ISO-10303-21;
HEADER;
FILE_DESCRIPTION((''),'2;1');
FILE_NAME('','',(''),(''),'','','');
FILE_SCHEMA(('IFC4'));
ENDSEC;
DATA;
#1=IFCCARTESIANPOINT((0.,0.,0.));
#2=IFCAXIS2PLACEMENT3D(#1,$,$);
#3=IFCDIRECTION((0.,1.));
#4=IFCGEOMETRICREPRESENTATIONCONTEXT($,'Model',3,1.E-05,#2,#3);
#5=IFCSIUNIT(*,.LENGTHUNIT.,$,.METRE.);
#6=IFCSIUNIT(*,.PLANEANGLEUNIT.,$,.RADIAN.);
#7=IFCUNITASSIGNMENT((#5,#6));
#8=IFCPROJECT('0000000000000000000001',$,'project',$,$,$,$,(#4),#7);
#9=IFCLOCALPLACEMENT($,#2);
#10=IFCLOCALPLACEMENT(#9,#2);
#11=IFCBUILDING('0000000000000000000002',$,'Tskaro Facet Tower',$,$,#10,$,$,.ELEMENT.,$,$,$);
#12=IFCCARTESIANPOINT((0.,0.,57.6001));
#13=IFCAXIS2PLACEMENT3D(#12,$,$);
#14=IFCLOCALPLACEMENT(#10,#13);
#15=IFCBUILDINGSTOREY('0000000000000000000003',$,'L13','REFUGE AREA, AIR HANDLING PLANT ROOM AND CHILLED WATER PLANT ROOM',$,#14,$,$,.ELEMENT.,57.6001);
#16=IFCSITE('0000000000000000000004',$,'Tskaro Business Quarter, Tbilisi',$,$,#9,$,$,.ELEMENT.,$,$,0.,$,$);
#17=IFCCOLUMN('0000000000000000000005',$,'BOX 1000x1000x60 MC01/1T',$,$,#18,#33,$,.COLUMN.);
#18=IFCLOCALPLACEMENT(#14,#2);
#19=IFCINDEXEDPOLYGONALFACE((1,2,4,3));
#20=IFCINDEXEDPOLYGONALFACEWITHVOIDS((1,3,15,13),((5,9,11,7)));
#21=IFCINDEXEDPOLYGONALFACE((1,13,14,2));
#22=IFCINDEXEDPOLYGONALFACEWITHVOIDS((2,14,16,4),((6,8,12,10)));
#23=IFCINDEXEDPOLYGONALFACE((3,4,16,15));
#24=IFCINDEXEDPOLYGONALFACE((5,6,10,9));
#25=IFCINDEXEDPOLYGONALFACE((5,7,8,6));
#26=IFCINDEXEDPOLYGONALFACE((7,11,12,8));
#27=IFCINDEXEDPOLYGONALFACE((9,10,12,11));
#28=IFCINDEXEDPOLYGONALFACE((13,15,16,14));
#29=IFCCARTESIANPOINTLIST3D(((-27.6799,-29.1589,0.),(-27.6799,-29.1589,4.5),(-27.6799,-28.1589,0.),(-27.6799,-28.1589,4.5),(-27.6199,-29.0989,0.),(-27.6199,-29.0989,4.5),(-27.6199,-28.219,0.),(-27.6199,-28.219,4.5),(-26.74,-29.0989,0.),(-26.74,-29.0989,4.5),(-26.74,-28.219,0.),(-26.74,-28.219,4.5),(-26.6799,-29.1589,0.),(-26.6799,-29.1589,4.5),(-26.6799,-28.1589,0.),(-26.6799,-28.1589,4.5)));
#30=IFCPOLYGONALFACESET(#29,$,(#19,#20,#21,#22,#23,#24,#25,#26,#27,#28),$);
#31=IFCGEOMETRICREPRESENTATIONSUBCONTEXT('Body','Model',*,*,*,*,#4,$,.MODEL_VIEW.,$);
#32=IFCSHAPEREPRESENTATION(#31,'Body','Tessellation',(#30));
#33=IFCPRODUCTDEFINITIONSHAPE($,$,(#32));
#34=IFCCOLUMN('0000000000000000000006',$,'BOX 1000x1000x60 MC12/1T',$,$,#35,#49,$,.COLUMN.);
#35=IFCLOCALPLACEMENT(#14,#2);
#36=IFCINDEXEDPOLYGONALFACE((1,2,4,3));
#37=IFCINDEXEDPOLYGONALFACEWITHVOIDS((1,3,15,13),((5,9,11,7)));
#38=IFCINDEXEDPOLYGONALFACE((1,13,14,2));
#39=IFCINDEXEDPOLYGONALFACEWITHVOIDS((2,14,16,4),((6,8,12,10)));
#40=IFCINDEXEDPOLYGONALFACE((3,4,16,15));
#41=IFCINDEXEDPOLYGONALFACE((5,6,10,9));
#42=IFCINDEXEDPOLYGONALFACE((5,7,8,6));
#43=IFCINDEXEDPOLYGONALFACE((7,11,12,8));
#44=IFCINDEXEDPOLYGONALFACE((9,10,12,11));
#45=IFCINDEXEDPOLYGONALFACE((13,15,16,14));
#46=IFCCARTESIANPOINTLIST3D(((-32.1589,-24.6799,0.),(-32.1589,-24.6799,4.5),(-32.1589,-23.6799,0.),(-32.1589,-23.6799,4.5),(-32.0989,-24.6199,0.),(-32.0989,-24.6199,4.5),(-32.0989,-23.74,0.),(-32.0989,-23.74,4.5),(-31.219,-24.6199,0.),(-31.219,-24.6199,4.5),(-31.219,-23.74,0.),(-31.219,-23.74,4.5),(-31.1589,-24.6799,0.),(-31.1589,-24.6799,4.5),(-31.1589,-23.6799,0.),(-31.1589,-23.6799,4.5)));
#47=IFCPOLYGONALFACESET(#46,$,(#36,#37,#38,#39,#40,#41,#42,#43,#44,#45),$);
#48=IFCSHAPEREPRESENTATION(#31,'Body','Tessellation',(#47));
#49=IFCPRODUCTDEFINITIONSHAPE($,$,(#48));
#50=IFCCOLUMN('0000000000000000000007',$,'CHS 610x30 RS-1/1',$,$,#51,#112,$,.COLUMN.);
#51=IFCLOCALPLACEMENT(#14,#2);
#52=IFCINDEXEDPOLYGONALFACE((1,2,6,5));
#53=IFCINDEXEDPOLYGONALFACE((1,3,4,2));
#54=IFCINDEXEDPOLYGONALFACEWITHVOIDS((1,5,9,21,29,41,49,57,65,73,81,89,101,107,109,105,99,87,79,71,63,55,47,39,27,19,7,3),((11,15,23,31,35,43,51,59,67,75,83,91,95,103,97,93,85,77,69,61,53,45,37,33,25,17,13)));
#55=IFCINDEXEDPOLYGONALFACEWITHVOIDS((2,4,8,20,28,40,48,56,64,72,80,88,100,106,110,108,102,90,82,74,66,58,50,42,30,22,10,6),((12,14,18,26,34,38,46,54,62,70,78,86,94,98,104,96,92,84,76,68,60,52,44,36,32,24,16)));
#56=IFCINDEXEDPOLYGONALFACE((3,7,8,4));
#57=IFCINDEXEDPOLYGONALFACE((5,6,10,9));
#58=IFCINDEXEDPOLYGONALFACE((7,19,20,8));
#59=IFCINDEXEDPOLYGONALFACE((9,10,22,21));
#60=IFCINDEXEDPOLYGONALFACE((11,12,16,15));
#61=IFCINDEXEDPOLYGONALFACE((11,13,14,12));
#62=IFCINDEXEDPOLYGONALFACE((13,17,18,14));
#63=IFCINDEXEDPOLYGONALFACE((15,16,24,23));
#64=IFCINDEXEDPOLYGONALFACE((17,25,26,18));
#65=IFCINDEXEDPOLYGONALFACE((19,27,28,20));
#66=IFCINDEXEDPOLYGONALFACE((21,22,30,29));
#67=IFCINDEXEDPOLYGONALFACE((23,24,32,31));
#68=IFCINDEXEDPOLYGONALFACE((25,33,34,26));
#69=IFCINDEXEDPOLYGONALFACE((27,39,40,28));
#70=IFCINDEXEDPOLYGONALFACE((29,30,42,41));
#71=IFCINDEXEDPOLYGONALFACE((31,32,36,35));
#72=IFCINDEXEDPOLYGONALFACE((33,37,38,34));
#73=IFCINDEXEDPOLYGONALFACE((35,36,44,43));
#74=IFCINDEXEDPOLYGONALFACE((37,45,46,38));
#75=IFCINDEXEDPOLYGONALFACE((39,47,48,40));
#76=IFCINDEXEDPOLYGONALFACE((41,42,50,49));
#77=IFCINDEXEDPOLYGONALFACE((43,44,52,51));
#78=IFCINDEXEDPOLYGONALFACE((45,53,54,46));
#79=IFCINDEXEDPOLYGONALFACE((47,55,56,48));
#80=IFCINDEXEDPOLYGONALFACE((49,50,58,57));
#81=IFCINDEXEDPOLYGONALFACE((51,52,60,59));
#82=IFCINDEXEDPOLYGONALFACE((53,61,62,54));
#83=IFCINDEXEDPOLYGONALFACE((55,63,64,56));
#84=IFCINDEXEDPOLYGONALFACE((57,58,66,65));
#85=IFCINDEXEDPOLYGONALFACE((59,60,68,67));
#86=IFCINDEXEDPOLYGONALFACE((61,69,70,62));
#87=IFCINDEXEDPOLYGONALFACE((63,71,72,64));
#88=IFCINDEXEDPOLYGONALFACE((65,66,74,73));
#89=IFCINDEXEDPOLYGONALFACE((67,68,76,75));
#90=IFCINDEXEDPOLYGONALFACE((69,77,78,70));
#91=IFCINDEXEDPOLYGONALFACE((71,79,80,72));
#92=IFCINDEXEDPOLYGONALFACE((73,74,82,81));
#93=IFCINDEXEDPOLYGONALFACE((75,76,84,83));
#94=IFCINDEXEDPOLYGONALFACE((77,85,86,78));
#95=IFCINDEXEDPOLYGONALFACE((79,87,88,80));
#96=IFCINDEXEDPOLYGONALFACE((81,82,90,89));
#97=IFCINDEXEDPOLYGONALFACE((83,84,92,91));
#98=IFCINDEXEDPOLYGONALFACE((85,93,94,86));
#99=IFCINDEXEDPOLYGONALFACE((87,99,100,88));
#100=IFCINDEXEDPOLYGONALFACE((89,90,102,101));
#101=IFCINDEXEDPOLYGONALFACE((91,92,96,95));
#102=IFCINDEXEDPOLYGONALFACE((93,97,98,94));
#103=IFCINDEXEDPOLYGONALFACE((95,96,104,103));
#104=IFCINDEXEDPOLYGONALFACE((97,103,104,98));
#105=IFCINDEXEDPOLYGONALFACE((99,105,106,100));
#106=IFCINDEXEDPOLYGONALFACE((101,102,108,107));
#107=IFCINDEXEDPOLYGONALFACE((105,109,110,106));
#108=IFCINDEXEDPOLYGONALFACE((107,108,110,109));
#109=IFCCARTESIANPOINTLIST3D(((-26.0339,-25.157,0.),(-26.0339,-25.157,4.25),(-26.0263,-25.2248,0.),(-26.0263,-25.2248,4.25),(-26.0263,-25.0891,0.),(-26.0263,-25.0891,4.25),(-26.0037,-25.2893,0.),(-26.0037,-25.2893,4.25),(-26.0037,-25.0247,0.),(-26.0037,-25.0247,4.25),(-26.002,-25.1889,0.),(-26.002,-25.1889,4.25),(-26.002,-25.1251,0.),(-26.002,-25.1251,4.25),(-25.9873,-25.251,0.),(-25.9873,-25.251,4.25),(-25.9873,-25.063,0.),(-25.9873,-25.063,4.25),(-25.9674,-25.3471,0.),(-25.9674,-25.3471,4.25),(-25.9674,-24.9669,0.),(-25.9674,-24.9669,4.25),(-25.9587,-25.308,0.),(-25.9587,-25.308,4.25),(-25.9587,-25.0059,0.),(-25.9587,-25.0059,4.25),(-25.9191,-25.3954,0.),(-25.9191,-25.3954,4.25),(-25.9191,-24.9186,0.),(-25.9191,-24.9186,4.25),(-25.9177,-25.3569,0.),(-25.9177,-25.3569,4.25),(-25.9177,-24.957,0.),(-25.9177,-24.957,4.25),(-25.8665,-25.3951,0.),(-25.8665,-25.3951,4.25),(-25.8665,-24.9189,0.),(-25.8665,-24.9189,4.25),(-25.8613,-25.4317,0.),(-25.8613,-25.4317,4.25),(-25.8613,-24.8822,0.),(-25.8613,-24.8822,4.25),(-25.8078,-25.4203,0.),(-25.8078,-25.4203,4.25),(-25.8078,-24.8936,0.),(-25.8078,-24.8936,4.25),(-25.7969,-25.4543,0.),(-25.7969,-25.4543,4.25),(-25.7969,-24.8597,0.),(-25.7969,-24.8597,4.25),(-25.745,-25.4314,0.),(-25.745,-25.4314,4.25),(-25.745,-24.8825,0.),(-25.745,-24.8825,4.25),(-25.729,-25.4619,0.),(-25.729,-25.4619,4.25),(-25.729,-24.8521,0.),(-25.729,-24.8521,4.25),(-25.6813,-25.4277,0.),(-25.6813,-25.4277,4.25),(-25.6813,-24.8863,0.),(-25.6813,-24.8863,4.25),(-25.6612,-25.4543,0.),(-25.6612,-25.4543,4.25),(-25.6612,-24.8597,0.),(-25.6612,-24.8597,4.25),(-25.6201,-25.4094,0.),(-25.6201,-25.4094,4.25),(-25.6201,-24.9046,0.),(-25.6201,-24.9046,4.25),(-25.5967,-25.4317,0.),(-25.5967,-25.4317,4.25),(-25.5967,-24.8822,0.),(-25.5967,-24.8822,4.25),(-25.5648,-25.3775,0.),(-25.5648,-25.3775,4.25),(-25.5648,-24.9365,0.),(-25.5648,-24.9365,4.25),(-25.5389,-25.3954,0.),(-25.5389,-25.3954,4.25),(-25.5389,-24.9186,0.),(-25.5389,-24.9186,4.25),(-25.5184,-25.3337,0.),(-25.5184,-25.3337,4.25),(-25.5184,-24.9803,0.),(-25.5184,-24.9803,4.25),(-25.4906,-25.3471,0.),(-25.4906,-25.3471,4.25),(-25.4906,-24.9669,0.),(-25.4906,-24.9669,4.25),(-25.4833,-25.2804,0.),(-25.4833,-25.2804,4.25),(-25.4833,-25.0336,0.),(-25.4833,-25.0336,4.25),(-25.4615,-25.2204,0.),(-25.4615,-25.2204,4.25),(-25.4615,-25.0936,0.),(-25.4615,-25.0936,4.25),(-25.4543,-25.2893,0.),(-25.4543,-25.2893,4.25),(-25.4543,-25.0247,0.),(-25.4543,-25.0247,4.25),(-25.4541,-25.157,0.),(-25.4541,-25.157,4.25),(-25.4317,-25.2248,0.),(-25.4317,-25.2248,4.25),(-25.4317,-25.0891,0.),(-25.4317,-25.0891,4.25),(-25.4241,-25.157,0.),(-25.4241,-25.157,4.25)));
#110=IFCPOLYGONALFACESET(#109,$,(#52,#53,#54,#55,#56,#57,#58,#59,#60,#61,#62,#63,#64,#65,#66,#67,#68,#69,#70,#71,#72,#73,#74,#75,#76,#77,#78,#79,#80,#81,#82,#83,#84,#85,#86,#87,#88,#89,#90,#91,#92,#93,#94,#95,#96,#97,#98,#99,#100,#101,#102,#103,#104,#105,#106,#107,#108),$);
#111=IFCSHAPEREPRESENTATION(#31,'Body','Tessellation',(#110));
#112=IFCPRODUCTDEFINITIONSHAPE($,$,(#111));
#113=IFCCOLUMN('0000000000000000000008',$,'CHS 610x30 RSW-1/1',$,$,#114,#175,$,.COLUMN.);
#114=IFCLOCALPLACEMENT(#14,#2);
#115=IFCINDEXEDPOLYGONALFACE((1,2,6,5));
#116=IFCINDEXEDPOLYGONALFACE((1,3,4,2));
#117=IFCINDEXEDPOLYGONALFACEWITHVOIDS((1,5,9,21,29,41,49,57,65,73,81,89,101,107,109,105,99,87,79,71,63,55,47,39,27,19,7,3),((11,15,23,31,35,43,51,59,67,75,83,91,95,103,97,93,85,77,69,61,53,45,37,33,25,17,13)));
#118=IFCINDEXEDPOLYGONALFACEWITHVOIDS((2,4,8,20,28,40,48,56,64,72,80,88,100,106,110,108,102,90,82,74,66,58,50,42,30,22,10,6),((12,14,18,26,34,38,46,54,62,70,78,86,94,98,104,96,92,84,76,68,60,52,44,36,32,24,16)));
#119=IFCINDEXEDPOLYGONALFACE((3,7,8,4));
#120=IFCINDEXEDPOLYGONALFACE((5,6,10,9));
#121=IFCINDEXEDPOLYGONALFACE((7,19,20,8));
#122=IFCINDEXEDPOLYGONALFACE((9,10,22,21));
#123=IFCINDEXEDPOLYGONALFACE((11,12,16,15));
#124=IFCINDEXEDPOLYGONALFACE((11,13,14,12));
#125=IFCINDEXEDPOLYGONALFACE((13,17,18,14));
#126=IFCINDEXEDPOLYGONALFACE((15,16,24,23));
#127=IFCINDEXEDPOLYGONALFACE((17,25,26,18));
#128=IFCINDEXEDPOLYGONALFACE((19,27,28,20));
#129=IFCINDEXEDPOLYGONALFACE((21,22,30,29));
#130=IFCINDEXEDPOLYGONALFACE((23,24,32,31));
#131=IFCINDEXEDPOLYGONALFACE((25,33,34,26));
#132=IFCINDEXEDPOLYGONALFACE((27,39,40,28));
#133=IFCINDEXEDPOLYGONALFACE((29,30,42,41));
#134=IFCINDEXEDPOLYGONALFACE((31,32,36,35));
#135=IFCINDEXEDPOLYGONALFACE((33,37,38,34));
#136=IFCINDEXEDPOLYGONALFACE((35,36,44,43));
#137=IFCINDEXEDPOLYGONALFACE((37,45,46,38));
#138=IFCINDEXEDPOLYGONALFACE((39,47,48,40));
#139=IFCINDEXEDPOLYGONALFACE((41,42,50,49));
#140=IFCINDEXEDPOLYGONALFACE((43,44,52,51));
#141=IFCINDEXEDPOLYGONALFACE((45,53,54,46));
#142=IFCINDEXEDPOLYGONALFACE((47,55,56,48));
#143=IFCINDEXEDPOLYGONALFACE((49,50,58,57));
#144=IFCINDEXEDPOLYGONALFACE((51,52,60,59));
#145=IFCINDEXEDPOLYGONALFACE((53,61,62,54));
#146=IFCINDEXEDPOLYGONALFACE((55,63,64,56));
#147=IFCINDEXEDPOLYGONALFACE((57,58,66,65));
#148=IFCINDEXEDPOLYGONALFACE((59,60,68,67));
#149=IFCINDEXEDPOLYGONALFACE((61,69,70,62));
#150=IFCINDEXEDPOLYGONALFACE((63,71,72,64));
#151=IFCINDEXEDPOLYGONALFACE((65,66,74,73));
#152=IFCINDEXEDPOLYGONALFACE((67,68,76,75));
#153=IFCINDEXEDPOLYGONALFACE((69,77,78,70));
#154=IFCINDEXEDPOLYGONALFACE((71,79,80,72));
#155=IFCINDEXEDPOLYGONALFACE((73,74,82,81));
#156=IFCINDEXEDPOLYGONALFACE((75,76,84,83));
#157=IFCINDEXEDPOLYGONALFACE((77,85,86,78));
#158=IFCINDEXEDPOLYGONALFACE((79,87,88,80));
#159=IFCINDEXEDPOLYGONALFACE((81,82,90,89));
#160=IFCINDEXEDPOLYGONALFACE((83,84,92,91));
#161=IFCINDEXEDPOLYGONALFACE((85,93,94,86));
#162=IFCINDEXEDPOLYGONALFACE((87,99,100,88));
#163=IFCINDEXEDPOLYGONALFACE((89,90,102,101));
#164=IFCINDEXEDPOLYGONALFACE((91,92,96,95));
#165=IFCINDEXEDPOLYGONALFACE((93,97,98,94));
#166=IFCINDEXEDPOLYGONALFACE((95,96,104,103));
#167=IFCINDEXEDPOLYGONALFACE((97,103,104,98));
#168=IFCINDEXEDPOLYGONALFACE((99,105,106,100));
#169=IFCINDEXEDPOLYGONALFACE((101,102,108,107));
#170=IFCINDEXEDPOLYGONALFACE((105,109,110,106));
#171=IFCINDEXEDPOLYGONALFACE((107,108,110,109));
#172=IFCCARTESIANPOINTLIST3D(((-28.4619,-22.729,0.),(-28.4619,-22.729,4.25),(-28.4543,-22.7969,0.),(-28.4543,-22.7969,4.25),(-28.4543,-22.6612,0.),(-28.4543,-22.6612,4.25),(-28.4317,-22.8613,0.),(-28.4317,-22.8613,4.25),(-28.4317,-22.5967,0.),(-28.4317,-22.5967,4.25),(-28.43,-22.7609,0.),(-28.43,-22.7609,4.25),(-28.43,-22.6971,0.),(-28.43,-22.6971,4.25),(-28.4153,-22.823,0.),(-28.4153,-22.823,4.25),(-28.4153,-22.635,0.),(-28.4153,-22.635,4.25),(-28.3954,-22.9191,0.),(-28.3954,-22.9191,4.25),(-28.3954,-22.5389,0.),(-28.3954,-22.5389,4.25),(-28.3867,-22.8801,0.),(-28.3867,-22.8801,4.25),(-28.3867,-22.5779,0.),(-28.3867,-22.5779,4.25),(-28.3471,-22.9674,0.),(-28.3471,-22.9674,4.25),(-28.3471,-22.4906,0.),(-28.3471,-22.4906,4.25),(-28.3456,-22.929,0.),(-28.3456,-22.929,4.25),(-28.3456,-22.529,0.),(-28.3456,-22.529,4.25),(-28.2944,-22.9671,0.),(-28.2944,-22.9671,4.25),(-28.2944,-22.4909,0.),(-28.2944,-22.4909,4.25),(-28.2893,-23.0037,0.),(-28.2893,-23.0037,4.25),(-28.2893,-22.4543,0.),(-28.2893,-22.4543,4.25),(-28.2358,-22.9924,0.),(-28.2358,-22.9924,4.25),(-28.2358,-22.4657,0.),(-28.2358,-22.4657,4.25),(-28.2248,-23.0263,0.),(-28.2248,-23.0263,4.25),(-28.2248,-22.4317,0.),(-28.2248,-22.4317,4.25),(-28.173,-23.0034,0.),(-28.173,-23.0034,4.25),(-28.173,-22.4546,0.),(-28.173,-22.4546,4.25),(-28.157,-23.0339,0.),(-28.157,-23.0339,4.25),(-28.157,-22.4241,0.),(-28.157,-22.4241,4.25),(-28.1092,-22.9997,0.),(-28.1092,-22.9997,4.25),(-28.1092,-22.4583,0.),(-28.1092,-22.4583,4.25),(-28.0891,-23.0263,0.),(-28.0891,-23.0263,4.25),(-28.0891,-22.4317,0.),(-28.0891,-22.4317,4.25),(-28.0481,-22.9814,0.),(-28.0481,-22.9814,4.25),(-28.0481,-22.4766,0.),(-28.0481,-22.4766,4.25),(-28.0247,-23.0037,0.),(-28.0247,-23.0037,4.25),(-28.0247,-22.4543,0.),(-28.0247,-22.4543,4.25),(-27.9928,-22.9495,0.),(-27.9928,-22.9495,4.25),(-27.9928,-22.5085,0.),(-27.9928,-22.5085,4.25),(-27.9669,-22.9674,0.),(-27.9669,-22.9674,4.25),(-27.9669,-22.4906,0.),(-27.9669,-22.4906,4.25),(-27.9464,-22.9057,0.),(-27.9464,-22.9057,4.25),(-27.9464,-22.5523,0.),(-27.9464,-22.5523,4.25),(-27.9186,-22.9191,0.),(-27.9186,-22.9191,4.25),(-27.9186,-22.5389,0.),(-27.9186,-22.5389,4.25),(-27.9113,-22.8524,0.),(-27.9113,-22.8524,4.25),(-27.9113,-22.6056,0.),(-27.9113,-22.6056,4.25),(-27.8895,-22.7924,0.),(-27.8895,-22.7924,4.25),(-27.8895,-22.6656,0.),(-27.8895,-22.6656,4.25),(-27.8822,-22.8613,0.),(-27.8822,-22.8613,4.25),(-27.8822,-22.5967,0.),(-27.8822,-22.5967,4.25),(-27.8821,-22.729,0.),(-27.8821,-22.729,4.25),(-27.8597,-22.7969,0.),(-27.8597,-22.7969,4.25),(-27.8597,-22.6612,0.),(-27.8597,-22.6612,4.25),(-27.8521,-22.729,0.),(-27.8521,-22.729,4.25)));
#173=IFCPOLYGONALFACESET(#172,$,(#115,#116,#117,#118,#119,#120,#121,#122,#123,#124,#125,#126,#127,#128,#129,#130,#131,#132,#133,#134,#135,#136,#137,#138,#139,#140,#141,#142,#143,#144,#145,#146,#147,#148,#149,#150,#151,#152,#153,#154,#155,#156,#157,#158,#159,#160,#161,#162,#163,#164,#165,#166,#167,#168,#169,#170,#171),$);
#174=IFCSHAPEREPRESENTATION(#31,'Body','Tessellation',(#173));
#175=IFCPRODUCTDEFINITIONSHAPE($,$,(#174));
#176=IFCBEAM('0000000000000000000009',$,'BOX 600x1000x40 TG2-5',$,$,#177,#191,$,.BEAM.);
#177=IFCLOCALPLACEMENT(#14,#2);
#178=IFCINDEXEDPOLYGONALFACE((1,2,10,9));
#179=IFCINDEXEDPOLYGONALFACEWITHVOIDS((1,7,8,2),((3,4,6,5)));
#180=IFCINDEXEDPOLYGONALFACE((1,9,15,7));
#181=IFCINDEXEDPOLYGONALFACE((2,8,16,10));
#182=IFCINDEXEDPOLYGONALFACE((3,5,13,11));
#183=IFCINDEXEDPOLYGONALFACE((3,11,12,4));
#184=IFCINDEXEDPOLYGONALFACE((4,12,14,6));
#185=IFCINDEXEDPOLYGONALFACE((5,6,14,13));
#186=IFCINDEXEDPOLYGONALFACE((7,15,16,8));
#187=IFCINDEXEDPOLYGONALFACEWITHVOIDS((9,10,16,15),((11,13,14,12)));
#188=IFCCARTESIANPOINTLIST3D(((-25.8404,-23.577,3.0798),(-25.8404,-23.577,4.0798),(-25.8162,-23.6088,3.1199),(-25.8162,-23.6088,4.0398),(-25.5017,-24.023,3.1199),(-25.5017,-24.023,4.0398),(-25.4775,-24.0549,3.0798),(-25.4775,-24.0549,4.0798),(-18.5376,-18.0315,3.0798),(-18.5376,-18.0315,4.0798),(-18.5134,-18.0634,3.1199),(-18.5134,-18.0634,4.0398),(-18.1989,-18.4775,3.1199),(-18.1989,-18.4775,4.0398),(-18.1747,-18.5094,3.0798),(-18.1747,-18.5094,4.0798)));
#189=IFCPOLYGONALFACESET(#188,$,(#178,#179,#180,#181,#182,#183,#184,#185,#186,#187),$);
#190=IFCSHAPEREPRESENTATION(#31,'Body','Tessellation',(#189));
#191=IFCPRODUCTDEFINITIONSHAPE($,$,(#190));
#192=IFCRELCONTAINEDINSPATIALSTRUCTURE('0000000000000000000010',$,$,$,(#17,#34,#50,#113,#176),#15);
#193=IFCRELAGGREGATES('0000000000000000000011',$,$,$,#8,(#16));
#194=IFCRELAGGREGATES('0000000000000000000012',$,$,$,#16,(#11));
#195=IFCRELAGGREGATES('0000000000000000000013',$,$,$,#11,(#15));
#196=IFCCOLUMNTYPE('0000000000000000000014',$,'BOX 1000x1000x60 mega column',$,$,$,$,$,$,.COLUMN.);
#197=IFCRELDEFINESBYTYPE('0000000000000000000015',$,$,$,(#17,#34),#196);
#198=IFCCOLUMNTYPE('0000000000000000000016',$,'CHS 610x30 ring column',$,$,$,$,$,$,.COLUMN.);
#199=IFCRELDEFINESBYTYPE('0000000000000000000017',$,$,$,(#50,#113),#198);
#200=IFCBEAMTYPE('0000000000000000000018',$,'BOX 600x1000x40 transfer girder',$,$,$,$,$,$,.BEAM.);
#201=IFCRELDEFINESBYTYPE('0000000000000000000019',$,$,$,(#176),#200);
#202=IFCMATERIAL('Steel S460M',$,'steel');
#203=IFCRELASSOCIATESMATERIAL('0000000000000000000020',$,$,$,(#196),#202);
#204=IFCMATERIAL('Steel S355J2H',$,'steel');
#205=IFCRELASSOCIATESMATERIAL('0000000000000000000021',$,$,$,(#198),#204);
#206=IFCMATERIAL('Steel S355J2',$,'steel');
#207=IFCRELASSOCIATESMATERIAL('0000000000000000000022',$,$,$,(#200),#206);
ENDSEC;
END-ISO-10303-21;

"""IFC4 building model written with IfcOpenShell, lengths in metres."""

from ifc_helpers import new_model, si_unit, direction, frame, origin, origin_2d, place, context, subcontext, project, spatial, hollow_rectangle, hollow_circle, extrude, material, material_profile, profile_set, type_object, element, save


model = new_model("IFC4")

# Units and contexts
model_context = context("Model", 3, precision=1e-05, world=origin(), true_north=direction((0.0, 1.0)))
body_context = subcontext(model_context, "Body", "Model", "MODEL_VIEW")
ifc_project = project(units=[si_unit("LENGTHUNIT", "METRE"), si_unit("PLANEANGLEUNIT", "RADIAN")], contexts=[model_context])

# Site, building, storey
site_placement = place(None, origin())
site = spatial("IfcSite", under=ifc_project, at=site_placement, Name="Tskaro Business Quarter, Tbilisi", CompositionType="ELEMENT", RefElevation=0.0)
building_placement = place(site_placement, origin())
building = spatial("IfcBuilding", under=site, at=building_placement, Name="Tskaro Facet Tower", CompositionType="ELEMENT")
storey_placement = place(building_placement, frame((0.0, 0.0, 57.6001)))
storey = spatial("IfcBuildingStorey", under=building, at=storey_placement, Name="L13", Description="REFUGE AREA, AIR HANDLING PLANT ROOM AND CHILLED WATER PLANT ROOM", CompositionType="ELEMENT", Elevation=57.6001)

# Columns
ifc_material_1 = material(Name="Steel S460M", Category="steel")
ifc_material_profile_1 = material_profile(ifc_material_1, hollow_rectangle(XDim=1.0, YDim=1.0, WallThickness=0.0601, at=origin_2d()), Name="BOX 1000x1000x60")
ifc_profile_set_1 = profile_set([ifc_material_profile_1], Name="Steel S460M")
column_type_1 = type_object("IfcColumnType", Name="BOX 1000x1000x60 mega column", PredefinedType="COLUMN", material=ifc_profile_set_1)
for number, where, z_axis, x_axis, name in (
    (1, (-27.1799, -28.6589, 0.0), (0.0, 0.0, 1.0), (1.0, 0.0, 0.0), "BOX 1000x1000x60 MC01/1T"),
    (2, (-31.6589, -24.1799, 0.0), (0.0, 0.0, 1.0), (1.0, 0.0, 0.0), "BOX 1000x1000x60 MC12/1T"),
):
    element("IfcColumn", number, at=place(storey_placement, frame(where, z_axis=z_axis, x_axis=x_axis)), inside=storey, type_object=column_type_1, Name=name, PredefinedType="COLUMN", context=body_context, shape_type="SweptSolid", body=[
        extrude(hollow_rectangle(XDim=1.0, YDim=1.0, WallThickness=0.0601, at=origin_2d()), origin(), (0.0, 0.0, 1.0), 4.5),
    ])
ifc_material_2 = material(Name="Steel S355J2H", Category="steel")
ifc_material_profile_2 = material_profile(ifc_material_2, hollow_circle(Radius=0.3049, WallThickness=0.03, at=origin_2d()), Name="CHS 610x30")
ifc_profile_set_2 = profile_set([ifc_material_profile_2], Name="Steel S355J2H")
column_type_2 = type_object("IfcColumnType", Name="CHS 610x30 ring column", PredefinedType="COLUMN", material=ifc_profile_set_2)
for number, where, z_axis, x_axis, name in (
    (3, (-25.729, -25.157, 0.0), (0.0, 0.0, 1.0), (1.0, 0.0, 0.0), "CHS 610x30 RS-1/1"),
    (4, (-28.157, -22.729, 0.0), (0.0, 0.0, 1.0), (1.0, 0.0, 0.0), "CHS 610x30 RSW-1/1"),
):
    element("IfcColumn", number, at=place(storey_placement, frame(where, z_axis=z_axis, x_axis=x_axis)), inside=storey, type_object=column_type_2, Name=name, PredefinedType="COLUMN", context=body_context, shape_type="SweptSolid", body=[
        extrude(hollow_circle(Radius=0.3049, WallThickness=0.03, at=origin_2d()), origin(), (0.0, 0.0, 1.0), 4.25),
    ])

# Beam
ifc_material_3 = material(Name="Steel S355J2", Category="steel")
ifc_material_profile_3 = material_profile(ifc_material_3, hollow_rectangle(XDim=0.6001, YDim=1.0, WallThickness=0.04, at=origin_2d()), Name="BOX 600x1000x40")
ifc_profile_set_3 = profile_set([ifc_material_profile_3], Name="Steel S355J2")
beam_type_1 = type_object("IfcBeamType", Name="BOX 600x1000x40 transfer girder", PredefinedType="BEAM", material=ifc_profile_set_3)
beam_1_placement = place(storey_placement, frame((-25.6589, -23.8159, 3.5798), z_axis=(0.796407, 0.604761, 0.0), x_axis=(-0.604761, 0.796407, 0.0)))
element("IfcBeam", 5, at=beam_1_placement, inside=storey, type_object=beam_type_1, Name="BOX 600x1000x40 TG2-5", PredefinedType="BEAM", context=body_context, shape_type="SweptSolid", body=[
    extrude(hollow_rectangle(XDim=0.6001, YDim=1.0, WallThickness=0.04, at=origin_2d()), origin(), (0.0, 0.0, 1.0), 9.1697),
])

save(model, "model.ifc")
